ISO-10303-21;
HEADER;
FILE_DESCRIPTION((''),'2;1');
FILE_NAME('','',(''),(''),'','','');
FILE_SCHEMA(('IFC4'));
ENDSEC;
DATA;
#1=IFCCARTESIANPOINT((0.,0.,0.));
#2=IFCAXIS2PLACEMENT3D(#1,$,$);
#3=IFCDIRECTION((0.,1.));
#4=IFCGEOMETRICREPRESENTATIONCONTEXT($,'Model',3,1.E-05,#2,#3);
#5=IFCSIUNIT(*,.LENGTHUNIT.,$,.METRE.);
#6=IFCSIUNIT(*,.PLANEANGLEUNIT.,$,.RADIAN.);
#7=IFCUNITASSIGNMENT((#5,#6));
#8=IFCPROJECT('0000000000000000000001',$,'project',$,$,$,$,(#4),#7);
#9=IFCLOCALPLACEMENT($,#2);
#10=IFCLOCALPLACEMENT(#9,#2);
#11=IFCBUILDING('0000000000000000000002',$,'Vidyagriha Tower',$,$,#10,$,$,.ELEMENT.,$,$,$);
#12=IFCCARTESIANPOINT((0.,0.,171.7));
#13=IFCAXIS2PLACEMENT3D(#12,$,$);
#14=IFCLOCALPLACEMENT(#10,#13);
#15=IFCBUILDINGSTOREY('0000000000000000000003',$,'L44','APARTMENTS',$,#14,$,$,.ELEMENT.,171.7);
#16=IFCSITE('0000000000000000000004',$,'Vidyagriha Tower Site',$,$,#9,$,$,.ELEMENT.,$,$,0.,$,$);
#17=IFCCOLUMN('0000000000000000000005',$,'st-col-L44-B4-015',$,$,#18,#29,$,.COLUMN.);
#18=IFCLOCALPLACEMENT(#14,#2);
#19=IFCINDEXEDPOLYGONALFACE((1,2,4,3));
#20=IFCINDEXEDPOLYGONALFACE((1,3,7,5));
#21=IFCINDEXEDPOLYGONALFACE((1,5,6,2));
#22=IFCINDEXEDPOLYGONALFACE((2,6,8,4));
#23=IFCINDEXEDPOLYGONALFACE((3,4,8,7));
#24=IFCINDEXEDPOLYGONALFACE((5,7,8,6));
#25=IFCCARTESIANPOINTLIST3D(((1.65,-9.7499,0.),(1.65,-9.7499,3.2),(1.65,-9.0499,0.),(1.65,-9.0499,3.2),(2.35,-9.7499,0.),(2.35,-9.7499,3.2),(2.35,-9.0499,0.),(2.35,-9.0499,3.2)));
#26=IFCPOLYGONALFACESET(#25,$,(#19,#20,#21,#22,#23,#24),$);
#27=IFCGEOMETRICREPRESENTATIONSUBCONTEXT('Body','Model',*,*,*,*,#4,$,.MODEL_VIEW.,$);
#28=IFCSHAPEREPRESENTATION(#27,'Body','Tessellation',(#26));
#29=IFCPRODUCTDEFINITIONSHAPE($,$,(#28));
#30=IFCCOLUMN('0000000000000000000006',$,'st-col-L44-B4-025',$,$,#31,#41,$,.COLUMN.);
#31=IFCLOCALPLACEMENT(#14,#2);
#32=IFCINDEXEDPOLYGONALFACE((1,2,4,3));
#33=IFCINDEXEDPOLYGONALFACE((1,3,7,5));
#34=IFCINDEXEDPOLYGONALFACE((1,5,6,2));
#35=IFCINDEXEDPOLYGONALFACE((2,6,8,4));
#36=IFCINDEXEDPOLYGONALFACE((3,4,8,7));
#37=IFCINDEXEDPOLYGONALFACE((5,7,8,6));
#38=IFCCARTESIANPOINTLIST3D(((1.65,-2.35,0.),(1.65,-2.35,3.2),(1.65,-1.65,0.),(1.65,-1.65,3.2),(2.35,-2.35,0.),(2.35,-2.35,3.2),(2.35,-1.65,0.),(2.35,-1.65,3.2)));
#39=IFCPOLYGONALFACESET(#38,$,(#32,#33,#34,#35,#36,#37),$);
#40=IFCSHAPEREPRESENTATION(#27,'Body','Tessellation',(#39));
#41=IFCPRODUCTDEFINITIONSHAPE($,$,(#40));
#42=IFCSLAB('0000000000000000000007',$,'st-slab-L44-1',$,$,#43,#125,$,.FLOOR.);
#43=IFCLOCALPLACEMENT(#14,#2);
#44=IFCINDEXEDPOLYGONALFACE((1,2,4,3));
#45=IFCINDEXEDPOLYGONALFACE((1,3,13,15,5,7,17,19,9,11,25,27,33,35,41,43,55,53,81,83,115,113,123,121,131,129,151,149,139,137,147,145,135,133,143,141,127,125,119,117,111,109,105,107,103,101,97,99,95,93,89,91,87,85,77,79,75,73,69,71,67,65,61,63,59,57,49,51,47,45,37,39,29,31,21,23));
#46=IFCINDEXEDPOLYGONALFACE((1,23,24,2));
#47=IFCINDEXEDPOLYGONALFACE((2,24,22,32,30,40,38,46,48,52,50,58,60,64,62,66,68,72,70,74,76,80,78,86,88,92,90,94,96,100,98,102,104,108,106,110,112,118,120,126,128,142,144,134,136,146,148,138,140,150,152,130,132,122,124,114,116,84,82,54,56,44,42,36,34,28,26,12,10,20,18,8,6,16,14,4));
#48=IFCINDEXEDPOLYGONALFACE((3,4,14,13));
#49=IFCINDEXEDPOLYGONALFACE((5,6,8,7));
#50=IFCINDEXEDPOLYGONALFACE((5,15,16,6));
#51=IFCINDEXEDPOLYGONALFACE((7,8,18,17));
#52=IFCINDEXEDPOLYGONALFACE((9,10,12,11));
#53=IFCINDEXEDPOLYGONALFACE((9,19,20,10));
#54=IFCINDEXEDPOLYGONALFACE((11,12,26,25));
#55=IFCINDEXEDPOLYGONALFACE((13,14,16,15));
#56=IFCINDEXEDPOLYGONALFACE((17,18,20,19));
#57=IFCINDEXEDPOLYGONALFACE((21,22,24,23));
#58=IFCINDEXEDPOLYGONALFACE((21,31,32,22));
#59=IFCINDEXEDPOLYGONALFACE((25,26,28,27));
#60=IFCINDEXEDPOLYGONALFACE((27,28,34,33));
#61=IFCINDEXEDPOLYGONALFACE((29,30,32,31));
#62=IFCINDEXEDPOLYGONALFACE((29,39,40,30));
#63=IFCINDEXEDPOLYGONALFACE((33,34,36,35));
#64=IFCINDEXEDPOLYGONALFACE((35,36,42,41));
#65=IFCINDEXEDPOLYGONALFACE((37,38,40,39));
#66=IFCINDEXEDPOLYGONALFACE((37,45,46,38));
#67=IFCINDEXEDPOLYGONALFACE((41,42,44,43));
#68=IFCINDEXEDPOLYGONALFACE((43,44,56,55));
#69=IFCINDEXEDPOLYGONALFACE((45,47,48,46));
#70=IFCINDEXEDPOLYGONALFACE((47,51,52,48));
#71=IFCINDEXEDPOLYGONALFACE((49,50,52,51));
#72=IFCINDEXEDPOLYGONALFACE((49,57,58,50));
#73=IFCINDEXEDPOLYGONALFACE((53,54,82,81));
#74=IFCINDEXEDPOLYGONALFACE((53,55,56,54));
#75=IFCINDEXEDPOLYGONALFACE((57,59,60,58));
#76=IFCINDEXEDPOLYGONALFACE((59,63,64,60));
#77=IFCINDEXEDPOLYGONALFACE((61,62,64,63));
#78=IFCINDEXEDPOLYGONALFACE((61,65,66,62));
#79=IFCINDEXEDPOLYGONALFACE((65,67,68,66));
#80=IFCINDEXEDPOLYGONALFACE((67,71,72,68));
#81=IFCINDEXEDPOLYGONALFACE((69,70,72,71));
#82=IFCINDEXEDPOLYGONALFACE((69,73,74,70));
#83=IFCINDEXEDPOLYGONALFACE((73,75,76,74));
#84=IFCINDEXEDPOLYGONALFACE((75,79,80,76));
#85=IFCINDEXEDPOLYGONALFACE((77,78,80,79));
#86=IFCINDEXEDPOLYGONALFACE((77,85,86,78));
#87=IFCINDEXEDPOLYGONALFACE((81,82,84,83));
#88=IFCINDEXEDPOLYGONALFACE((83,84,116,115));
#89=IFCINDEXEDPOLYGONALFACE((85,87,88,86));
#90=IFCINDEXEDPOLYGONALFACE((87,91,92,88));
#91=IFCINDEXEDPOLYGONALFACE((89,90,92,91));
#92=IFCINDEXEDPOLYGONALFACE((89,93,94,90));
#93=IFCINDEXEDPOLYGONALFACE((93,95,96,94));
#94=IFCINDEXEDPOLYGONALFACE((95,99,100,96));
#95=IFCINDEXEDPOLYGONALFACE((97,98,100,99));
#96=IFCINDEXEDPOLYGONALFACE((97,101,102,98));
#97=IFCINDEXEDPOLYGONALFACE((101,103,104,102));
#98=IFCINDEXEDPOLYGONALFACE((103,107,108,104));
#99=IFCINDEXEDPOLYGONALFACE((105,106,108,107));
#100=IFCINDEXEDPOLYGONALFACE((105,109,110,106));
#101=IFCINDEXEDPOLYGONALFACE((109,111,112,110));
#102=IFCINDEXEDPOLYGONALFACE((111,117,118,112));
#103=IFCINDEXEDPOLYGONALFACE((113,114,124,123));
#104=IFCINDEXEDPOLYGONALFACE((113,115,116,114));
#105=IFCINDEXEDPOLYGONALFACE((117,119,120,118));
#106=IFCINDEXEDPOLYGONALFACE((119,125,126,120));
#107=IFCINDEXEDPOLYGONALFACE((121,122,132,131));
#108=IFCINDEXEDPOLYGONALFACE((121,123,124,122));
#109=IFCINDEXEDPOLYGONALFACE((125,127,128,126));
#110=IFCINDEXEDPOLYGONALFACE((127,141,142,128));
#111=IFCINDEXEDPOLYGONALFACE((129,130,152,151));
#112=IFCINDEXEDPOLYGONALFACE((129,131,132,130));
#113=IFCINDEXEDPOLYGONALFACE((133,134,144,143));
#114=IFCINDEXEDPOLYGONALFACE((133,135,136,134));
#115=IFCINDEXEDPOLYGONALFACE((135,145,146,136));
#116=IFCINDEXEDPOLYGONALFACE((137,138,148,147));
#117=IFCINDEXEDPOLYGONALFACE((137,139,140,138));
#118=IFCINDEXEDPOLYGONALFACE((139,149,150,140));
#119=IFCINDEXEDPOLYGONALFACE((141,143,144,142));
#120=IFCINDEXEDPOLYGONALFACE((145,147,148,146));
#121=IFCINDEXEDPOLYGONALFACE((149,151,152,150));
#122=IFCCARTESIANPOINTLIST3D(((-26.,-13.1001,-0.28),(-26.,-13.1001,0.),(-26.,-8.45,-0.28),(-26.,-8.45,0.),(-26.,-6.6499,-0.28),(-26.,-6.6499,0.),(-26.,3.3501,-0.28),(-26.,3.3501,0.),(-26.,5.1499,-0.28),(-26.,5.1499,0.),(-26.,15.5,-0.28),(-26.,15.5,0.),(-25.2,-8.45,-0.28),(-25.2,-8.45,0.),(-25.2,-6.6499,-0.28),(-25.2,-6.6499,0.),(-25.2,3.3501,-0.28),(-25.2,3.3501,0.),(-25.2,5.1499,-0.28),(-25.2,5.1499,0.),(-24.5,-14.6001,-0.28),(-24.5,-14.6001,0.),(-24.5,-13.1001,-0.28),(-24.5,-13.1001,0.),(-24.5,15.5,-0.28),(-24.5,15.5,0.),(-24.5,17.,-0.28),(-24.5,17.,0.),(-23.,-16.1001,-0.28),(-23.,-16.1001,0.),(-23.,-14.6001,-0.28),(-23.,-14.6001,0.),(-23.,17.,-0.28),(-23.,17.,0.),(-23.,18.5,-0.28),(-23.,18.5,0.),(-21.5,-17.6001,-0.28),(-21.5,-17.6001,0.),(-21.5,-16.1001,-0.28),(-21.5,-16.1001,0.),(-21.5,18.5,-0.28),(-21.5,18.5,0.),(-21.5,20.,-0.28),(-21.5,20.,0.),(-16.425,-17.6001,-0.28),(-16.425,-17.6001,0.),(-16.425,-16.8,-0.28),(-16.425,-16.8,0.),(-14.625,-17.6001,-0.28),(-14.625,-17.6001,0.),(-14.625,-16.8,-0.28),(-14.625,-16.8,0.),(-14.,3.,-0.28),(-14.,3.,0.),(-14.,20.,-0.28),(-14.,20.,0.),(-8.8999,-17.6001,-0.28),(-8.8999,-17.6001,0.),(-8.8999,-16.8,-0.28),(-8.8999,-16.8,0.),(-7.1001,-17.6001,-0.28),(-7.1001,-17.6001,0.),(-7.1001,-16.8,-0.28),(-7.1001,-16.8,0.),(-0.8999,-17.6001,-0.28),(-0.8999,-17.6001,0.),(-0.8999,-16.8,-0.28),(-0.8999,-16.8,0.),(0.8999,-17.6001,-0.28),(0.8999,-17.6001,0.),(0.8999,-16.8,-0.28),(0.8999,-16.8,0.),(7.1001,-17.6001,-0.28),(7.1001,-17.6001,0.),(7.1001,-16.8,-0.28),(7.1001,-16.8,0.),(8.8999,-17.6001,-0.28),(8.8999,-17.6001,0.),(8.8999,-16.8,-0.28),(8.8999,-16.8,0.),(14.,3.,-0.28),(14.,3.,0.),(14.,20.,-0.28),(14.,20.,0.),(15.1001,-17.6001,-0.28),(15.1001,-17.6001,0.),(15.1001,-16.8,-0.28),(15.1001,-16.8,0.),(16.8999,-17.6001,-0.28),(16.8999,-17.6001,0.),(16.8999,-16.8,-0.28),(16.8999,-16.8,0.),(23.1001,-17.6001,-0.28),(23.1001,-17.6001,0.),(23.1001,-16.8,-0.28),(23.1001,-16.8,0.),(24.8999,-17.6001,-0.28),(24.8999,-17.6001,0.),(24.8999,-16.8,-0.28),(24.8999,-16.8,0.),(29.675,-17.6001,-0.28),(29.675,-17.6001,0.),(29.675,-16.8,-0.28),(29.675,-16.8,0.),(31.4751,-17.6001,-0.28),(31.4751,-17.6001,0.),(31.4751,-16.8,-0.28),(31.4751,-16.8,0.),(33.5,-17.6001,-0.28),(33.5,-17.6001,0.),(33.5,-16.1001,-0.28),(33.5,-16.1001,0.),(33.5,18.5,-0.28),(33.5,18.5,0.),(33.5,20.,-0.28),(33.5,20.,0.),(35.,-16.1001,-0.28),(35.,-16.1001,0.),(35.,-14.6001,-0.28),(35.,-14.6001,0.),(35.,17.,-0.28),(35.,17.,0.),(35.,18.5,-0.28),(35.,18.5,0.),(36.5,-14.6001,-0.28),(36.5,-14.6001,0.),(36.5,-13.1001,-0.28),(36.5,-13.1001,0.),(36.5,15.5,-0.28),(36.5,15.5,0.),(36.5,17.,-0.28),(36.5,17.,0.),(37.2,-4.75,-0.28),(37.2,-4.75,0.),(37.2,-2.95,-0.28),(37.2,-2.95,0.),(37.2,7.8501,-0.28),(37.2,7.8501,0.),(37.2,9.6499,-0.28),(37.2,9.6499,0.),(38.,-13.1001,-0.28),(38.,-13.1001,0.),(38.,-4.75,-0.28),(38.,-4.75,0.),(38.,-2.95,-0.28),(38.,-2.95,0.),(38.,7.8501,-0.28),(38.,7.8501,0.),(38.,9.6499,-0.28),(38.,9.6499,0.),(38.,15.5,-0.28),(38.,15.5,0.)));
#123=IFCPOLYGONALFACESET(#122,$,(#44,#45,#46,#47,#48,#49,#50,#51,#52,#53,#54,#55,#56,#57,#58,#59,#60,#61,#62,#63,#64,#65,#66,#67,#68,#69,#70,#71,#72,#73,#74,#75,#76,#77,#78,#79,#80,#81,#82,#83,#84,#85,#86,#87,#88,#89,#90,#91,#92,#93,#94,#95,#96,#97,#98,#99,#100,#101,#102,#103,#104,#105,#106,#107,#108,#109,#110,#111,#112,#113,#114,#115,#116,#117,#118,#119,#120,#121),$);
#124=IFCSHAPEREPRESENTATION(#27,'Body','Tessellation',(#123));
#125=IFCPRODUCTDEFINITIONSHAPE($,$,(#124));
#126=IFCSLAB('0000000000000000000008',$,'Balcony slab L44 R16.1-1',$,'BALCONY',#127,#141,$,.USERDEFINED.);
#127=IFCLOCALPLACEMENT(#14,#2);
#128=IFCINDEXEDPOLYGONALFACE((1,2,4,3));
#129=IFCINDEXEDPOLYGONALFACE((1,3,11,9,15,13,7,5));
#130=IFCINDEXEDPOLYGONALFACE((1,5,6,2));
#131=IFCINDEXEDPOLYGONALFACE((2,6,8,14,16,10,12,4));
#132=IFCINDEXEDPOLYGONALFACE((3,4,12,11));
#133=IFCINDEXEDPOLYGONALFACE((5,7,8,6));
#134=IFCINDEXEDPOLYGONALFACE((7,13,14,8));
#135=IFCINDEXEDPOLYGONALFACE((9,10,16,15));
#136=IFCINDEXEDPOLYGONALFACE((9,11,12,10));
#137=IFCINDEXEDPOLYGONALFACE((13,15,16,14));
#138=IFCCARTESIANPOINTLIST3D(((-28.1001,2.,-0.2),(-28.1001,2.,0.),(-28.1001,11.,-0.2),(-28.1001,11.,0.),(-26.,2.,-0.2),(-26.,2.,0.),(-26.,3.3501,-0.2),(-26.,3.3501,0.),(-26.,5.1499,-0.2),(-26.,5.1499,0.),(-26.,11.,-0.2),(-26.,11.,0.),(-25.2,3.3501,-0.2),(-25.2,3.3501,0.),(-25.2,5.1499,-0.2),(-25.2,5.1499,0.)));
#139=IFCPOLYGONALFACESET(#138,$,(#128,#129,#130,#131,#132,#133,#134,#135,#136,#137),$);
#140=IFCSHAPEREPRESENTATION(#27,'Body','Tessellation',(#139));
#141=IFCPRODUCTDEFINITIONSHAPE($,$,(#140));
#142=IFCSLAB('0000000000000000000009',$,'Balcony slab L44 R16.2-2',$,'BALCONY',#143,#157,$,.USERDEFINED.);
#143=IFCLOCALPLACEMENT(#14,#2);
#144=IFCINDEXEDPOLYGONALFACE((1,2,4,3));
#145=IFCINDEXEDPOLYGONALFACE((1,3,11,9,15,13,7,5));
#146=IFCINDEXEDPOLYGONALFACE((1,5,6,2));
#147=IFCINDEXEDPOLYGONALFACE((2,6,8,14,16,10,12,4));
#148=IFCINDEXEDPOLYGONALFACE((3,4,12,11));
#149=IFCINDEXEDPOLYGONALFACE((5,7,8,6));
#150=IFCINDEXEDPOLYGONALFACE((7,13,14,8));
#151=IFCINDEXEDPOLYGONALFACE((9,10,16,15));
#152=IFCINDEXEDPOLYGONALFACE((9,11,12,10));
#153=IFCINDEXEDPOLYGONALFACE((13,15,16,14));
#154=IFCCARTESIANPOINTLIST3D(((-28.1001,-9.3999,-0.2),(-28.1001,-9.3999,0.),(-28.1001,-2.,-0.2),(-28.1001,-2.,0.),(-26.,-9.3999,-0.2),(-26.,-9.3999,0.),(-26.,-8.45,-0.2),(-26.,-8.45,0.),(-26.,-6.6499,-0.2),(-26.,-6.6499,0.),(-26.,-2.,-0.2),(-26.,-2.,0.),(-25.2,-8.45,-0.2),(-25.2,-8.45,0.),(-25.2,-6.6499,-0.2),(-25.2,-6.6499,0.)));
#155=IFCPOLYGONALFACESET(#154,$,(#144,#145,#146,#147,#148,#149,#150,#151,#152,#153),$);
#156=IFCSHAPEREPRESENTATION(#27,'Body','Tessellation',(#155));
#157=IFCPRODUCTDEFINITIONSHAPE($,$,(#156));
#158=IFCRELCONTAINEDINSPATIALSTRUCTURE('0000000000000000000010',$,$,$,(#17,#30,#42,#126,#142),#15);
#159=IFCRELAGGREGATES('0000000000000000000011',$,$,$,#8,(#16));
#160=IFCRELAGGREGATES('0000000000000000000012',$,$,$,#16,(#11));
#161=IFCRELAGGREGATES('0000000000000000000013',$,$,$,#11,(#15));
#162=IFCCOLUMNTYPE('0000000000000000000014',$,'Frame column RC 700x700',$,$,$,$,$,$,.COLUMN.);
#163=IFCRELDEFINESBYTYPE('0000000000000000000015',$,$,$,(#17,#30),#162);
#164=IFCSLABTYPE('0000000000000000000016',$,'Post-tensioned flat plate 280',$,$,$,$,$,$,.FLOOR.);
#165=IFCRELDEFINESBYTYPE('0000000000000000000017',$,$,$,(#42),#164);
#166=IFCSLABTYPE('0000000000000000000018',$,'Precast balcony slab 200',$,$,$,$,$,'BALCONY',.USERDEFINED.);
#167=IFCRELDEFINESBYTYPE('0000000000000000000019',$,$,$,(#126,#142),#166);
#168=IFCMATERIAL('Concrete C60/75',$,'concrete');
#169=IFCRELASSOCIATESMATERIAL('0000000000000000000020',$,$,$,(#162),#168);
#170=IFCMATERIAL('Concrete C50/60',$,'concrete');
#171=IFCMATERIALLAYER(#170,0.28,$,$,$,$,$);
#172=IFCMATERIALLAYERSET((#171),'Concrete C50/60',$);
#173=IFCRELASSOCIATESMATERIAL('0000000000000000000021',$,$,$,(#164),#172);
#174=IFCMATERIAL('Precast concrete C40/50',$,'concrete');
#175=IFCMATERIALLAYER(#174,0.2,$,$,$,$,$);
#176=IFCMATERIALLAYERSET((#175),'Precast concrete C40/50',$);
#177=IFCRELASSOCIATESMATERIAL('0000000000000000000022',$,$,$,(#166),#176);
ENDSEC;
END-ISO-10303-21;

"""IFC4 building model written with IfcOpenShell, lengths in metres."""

from ifc_helpers import new_model, si_unit, direction, frame, origin, origin_2d, place, context, subcontext, project, spatial, polyline, rectangle, outline, extrude, material, layer, layer_set, material_profile, profile_set, type_object, element, save


model = new_model("IFC4")

# Units and contexts
model_context = context("Model", 3, precision=1e-05, world=origin(), true_north=direction((0.0, 1.0)))
body_context = subcontext(model_context, "Body", "Model", "MODEL_VIEW")
ifc_project = project(units=[si_unit("LENGTHUNIT", "METRE"), si_unit("PLANEANGLEUNIT", "RADIAN")], contexts=[model_context])

# Site, building, storey
site_placement = place(None, origin())
site = spatial("IfcSite", under=ifc_project, at=site_placement, Name="Vidyagriha Tower Site", CompositionType="ELEMENT", RefElevation=0.0)
building_placement = place(site_placement, origin())
building = spatial("IfcBuilding", under=site, at=building_placement, Name="Vidyagriha Tower", CompositionType="ELEMENT")
storey_placement = place(building_placement, frame((0.0, 0.0, 171.7)))
storey = spatial("IfcBuildingStorey", under=building, at=storey_placement, Name="L44", Description="APARTMENTS", CompositionType="ELEMENT", Elevation=171.7)

# Columns
ifc_material_1 = material(Name="Concrete C60/75", Category="concrete")
ifc_material_profile = material_profile(ifc_material_1, rectangle(XDim=0.7, YDim=0.7, at=origin_2d()), Name="RC 700x700")
ifc_profile_set = profile_set([ifc_material_profile], Name="Concrete C60/75")
column_type = type_object("IfcColumnType", Name="Frame column RC 700x700", PredefinedType="COLUMN", material=ifc_profile_set)
for number, where, name in (
    (1, (2.0, -9.3999, 0.0), "st-col-L44-B4-015"),
    (2, (2.0, -2.0, 0.0), "st-col-L44-B4-025"),
):
    element("IfcColumn", number, at=place(storey_placement, frame(where)), inside=storey, type_object=column_type, Name=name, PredefinedType="COLUMN", context=body_context, shape_type="SweptSolid", body=[
        extrude(rectangle(XDim=0.7, YDim=0.7, at=origin_2d()), origin(), (0.0, 0.0, 1.0), 3.2),
    ])

# Slabs
ifc_material_2 = material(Name="Concrete C50/60", Category="concrete")
ifc_layer_1 = layer(ifc_material_2, 0.28)
ifc_layer_set_1 = layer_set([ifc_layer_1], Name="Concrete C50/60")
slab_type_1 = type_object("IfcSlabType", Name="Post-tensioned flat plate 280", PredefinedType="FLOOR", material=ifc_layer_set_1)
slab_1_placement = place(storey_placement, frame((0.0, 0.0, -0.28)))
element("IfcSlab", 3, at=slab_1_placement, inside=storey, type_object=slab_type_1, Name="st-slab-L44-1", PredefinedType="FLOOR", context=body_context, shape_type="SweptSolid", body=[
    extrude(outline(polyline([(36.5, -14.6001), (35.0, -14.6001), (35.0, -16.1001), (33.5, -16.1001), (33.5, -17.6001), (31.4751, -17.6001), (31.4751, -16.8), (29.675, -16.8), (29.675, -17.6001), (24.8999, -17.6001), (24.8999, -16.8), (23.1001, -16.8), (23.1001, -17.6001), (16.8999, -17.6001), (16.8999, -16.8), (15.1001, -16.8), (15.1001, -17.6001), (8.8999, -17.6001), (8.8999, -16.8), (7.1001, -16.8), (7.1001, -17.6001), (0.8999, -17.6001), (0.8999, -16.8), (-0.8999, -16.8), (-0.8999, -17.6001), (-7.1001, -17.6001), (-7.1001, -16.8), (-8.8999, -16.8), (-8.8999, -17.6001), (-14.625, -17.6001), (-14.625, -16.8), (-16.425, -16.8), (-16.425, -17.6001), (-21.5, -17.6001), (-21.5, -16.1001), (-23.0, -16.1001), (-23.0, -14.6001), (-24.5, -14.6001), (-24.5, -13.1001), (-26.0, -13.1001), (-26.0, -8.45), (-25.2, -8.45), (-25.2, -6.6499), (-26.0, -6.6499), (-26.0, 3.3501), (-25.2, 3.3501), (-25.2, 5.1499), (-26.0, 5.1499), (-26.0, 15.5), (-24.5, 15.5), (-24.5, 17.0), (-23.0, 17.0), (-23.0, 18.5), (-21.5, 18.5), (-21.5, 20.0), (-14.0, 20.0), (-14.0, 3.0), (14.0, 3.0), (14.0, 20.0), (33.5, 20.0), (33.5, 18.5), (35.0, 18.5), (35.0, 17.0), (36.5, 17.0), (36.5, 15.5), (38.0, 15.5), (38.0, 9.6499), (37.2, 9.6499), (37.2, 7.8501), (38.0, 7.8501), (38.0, -2.95), (37.2, -2.95), (37.2, -4.75), (38.0, -4.75), (38.0, -13.1001), (36.5, -13.1001), (36.5, -14.6001)])), origin(), (0.0, 0.0, 1.0), 0.28),
])
ifc_material_3 = material(Name="Precast concrete C40/50", Category="concrete")
ifc_layer_2 = layer(ifc_material_3, 0.2)
ifc_layer_set_2 = layer_set([ifc_layer_2], Name="Precast concrete C40/50")
slab_type_2 = type_object("IfcSlabType", Name="Precast balcony slab 200", ElementType="BALCONY", PredefinedType="USERDEFINED", material=ifc_layer_set_2)
slab_2_placement = place(storey_placement, frame((0.0, 0.0, -0.2)))
element("IfcSlab", 4, at=slab_2_placement, inside=storey, type_object=slab_type_2, Name="Balcony slab L44 R16.1-1", ObjectType="BALCONY", PredefinedType="USERDEFINED", context=body_context, shape_type="SweptSolid", body=[
    extrude(outline(polyline([(-25.2, 3.3501), (-25.2, 5.1499), (-26.0, 5.1499), (-26.0, 11.0), (-28.1001, 11.0), (-28.1001, 2.0), (-26.0, 2.0), (-26.0, 3.3501), (-25.2, 3.3501)])), origin(), (0.0, 0.0, 1.0), 0.2),
])
slab_3_placement = place(storey_placement, frame((0.0, 0.0, -0.2)))
element("IfcSlab", 5, at=slab_3_placement, inside=storey, type_object=slab_type_2, Name="Balcony slab L44 R16.2-2", ObjectType="BALCONY", PredefinedType="USERDEFINED", context=body_context, shape_type="SweptSolid", body=[
    extrude(outline(polyline([(-25.2, -8.45), (-25.2, -6.6499), (-26.0, -6.6499), (-26.0, -2.0), (-28.1001, -2.0), (-28.1001, -9.3999), (-26.0, -9.3999), (-26.0, -8.45), (-25.2, -8.45)])), origin(), (0.0, 0.0, 1.0), 0.2),
])

save(model, "model.ifc")
